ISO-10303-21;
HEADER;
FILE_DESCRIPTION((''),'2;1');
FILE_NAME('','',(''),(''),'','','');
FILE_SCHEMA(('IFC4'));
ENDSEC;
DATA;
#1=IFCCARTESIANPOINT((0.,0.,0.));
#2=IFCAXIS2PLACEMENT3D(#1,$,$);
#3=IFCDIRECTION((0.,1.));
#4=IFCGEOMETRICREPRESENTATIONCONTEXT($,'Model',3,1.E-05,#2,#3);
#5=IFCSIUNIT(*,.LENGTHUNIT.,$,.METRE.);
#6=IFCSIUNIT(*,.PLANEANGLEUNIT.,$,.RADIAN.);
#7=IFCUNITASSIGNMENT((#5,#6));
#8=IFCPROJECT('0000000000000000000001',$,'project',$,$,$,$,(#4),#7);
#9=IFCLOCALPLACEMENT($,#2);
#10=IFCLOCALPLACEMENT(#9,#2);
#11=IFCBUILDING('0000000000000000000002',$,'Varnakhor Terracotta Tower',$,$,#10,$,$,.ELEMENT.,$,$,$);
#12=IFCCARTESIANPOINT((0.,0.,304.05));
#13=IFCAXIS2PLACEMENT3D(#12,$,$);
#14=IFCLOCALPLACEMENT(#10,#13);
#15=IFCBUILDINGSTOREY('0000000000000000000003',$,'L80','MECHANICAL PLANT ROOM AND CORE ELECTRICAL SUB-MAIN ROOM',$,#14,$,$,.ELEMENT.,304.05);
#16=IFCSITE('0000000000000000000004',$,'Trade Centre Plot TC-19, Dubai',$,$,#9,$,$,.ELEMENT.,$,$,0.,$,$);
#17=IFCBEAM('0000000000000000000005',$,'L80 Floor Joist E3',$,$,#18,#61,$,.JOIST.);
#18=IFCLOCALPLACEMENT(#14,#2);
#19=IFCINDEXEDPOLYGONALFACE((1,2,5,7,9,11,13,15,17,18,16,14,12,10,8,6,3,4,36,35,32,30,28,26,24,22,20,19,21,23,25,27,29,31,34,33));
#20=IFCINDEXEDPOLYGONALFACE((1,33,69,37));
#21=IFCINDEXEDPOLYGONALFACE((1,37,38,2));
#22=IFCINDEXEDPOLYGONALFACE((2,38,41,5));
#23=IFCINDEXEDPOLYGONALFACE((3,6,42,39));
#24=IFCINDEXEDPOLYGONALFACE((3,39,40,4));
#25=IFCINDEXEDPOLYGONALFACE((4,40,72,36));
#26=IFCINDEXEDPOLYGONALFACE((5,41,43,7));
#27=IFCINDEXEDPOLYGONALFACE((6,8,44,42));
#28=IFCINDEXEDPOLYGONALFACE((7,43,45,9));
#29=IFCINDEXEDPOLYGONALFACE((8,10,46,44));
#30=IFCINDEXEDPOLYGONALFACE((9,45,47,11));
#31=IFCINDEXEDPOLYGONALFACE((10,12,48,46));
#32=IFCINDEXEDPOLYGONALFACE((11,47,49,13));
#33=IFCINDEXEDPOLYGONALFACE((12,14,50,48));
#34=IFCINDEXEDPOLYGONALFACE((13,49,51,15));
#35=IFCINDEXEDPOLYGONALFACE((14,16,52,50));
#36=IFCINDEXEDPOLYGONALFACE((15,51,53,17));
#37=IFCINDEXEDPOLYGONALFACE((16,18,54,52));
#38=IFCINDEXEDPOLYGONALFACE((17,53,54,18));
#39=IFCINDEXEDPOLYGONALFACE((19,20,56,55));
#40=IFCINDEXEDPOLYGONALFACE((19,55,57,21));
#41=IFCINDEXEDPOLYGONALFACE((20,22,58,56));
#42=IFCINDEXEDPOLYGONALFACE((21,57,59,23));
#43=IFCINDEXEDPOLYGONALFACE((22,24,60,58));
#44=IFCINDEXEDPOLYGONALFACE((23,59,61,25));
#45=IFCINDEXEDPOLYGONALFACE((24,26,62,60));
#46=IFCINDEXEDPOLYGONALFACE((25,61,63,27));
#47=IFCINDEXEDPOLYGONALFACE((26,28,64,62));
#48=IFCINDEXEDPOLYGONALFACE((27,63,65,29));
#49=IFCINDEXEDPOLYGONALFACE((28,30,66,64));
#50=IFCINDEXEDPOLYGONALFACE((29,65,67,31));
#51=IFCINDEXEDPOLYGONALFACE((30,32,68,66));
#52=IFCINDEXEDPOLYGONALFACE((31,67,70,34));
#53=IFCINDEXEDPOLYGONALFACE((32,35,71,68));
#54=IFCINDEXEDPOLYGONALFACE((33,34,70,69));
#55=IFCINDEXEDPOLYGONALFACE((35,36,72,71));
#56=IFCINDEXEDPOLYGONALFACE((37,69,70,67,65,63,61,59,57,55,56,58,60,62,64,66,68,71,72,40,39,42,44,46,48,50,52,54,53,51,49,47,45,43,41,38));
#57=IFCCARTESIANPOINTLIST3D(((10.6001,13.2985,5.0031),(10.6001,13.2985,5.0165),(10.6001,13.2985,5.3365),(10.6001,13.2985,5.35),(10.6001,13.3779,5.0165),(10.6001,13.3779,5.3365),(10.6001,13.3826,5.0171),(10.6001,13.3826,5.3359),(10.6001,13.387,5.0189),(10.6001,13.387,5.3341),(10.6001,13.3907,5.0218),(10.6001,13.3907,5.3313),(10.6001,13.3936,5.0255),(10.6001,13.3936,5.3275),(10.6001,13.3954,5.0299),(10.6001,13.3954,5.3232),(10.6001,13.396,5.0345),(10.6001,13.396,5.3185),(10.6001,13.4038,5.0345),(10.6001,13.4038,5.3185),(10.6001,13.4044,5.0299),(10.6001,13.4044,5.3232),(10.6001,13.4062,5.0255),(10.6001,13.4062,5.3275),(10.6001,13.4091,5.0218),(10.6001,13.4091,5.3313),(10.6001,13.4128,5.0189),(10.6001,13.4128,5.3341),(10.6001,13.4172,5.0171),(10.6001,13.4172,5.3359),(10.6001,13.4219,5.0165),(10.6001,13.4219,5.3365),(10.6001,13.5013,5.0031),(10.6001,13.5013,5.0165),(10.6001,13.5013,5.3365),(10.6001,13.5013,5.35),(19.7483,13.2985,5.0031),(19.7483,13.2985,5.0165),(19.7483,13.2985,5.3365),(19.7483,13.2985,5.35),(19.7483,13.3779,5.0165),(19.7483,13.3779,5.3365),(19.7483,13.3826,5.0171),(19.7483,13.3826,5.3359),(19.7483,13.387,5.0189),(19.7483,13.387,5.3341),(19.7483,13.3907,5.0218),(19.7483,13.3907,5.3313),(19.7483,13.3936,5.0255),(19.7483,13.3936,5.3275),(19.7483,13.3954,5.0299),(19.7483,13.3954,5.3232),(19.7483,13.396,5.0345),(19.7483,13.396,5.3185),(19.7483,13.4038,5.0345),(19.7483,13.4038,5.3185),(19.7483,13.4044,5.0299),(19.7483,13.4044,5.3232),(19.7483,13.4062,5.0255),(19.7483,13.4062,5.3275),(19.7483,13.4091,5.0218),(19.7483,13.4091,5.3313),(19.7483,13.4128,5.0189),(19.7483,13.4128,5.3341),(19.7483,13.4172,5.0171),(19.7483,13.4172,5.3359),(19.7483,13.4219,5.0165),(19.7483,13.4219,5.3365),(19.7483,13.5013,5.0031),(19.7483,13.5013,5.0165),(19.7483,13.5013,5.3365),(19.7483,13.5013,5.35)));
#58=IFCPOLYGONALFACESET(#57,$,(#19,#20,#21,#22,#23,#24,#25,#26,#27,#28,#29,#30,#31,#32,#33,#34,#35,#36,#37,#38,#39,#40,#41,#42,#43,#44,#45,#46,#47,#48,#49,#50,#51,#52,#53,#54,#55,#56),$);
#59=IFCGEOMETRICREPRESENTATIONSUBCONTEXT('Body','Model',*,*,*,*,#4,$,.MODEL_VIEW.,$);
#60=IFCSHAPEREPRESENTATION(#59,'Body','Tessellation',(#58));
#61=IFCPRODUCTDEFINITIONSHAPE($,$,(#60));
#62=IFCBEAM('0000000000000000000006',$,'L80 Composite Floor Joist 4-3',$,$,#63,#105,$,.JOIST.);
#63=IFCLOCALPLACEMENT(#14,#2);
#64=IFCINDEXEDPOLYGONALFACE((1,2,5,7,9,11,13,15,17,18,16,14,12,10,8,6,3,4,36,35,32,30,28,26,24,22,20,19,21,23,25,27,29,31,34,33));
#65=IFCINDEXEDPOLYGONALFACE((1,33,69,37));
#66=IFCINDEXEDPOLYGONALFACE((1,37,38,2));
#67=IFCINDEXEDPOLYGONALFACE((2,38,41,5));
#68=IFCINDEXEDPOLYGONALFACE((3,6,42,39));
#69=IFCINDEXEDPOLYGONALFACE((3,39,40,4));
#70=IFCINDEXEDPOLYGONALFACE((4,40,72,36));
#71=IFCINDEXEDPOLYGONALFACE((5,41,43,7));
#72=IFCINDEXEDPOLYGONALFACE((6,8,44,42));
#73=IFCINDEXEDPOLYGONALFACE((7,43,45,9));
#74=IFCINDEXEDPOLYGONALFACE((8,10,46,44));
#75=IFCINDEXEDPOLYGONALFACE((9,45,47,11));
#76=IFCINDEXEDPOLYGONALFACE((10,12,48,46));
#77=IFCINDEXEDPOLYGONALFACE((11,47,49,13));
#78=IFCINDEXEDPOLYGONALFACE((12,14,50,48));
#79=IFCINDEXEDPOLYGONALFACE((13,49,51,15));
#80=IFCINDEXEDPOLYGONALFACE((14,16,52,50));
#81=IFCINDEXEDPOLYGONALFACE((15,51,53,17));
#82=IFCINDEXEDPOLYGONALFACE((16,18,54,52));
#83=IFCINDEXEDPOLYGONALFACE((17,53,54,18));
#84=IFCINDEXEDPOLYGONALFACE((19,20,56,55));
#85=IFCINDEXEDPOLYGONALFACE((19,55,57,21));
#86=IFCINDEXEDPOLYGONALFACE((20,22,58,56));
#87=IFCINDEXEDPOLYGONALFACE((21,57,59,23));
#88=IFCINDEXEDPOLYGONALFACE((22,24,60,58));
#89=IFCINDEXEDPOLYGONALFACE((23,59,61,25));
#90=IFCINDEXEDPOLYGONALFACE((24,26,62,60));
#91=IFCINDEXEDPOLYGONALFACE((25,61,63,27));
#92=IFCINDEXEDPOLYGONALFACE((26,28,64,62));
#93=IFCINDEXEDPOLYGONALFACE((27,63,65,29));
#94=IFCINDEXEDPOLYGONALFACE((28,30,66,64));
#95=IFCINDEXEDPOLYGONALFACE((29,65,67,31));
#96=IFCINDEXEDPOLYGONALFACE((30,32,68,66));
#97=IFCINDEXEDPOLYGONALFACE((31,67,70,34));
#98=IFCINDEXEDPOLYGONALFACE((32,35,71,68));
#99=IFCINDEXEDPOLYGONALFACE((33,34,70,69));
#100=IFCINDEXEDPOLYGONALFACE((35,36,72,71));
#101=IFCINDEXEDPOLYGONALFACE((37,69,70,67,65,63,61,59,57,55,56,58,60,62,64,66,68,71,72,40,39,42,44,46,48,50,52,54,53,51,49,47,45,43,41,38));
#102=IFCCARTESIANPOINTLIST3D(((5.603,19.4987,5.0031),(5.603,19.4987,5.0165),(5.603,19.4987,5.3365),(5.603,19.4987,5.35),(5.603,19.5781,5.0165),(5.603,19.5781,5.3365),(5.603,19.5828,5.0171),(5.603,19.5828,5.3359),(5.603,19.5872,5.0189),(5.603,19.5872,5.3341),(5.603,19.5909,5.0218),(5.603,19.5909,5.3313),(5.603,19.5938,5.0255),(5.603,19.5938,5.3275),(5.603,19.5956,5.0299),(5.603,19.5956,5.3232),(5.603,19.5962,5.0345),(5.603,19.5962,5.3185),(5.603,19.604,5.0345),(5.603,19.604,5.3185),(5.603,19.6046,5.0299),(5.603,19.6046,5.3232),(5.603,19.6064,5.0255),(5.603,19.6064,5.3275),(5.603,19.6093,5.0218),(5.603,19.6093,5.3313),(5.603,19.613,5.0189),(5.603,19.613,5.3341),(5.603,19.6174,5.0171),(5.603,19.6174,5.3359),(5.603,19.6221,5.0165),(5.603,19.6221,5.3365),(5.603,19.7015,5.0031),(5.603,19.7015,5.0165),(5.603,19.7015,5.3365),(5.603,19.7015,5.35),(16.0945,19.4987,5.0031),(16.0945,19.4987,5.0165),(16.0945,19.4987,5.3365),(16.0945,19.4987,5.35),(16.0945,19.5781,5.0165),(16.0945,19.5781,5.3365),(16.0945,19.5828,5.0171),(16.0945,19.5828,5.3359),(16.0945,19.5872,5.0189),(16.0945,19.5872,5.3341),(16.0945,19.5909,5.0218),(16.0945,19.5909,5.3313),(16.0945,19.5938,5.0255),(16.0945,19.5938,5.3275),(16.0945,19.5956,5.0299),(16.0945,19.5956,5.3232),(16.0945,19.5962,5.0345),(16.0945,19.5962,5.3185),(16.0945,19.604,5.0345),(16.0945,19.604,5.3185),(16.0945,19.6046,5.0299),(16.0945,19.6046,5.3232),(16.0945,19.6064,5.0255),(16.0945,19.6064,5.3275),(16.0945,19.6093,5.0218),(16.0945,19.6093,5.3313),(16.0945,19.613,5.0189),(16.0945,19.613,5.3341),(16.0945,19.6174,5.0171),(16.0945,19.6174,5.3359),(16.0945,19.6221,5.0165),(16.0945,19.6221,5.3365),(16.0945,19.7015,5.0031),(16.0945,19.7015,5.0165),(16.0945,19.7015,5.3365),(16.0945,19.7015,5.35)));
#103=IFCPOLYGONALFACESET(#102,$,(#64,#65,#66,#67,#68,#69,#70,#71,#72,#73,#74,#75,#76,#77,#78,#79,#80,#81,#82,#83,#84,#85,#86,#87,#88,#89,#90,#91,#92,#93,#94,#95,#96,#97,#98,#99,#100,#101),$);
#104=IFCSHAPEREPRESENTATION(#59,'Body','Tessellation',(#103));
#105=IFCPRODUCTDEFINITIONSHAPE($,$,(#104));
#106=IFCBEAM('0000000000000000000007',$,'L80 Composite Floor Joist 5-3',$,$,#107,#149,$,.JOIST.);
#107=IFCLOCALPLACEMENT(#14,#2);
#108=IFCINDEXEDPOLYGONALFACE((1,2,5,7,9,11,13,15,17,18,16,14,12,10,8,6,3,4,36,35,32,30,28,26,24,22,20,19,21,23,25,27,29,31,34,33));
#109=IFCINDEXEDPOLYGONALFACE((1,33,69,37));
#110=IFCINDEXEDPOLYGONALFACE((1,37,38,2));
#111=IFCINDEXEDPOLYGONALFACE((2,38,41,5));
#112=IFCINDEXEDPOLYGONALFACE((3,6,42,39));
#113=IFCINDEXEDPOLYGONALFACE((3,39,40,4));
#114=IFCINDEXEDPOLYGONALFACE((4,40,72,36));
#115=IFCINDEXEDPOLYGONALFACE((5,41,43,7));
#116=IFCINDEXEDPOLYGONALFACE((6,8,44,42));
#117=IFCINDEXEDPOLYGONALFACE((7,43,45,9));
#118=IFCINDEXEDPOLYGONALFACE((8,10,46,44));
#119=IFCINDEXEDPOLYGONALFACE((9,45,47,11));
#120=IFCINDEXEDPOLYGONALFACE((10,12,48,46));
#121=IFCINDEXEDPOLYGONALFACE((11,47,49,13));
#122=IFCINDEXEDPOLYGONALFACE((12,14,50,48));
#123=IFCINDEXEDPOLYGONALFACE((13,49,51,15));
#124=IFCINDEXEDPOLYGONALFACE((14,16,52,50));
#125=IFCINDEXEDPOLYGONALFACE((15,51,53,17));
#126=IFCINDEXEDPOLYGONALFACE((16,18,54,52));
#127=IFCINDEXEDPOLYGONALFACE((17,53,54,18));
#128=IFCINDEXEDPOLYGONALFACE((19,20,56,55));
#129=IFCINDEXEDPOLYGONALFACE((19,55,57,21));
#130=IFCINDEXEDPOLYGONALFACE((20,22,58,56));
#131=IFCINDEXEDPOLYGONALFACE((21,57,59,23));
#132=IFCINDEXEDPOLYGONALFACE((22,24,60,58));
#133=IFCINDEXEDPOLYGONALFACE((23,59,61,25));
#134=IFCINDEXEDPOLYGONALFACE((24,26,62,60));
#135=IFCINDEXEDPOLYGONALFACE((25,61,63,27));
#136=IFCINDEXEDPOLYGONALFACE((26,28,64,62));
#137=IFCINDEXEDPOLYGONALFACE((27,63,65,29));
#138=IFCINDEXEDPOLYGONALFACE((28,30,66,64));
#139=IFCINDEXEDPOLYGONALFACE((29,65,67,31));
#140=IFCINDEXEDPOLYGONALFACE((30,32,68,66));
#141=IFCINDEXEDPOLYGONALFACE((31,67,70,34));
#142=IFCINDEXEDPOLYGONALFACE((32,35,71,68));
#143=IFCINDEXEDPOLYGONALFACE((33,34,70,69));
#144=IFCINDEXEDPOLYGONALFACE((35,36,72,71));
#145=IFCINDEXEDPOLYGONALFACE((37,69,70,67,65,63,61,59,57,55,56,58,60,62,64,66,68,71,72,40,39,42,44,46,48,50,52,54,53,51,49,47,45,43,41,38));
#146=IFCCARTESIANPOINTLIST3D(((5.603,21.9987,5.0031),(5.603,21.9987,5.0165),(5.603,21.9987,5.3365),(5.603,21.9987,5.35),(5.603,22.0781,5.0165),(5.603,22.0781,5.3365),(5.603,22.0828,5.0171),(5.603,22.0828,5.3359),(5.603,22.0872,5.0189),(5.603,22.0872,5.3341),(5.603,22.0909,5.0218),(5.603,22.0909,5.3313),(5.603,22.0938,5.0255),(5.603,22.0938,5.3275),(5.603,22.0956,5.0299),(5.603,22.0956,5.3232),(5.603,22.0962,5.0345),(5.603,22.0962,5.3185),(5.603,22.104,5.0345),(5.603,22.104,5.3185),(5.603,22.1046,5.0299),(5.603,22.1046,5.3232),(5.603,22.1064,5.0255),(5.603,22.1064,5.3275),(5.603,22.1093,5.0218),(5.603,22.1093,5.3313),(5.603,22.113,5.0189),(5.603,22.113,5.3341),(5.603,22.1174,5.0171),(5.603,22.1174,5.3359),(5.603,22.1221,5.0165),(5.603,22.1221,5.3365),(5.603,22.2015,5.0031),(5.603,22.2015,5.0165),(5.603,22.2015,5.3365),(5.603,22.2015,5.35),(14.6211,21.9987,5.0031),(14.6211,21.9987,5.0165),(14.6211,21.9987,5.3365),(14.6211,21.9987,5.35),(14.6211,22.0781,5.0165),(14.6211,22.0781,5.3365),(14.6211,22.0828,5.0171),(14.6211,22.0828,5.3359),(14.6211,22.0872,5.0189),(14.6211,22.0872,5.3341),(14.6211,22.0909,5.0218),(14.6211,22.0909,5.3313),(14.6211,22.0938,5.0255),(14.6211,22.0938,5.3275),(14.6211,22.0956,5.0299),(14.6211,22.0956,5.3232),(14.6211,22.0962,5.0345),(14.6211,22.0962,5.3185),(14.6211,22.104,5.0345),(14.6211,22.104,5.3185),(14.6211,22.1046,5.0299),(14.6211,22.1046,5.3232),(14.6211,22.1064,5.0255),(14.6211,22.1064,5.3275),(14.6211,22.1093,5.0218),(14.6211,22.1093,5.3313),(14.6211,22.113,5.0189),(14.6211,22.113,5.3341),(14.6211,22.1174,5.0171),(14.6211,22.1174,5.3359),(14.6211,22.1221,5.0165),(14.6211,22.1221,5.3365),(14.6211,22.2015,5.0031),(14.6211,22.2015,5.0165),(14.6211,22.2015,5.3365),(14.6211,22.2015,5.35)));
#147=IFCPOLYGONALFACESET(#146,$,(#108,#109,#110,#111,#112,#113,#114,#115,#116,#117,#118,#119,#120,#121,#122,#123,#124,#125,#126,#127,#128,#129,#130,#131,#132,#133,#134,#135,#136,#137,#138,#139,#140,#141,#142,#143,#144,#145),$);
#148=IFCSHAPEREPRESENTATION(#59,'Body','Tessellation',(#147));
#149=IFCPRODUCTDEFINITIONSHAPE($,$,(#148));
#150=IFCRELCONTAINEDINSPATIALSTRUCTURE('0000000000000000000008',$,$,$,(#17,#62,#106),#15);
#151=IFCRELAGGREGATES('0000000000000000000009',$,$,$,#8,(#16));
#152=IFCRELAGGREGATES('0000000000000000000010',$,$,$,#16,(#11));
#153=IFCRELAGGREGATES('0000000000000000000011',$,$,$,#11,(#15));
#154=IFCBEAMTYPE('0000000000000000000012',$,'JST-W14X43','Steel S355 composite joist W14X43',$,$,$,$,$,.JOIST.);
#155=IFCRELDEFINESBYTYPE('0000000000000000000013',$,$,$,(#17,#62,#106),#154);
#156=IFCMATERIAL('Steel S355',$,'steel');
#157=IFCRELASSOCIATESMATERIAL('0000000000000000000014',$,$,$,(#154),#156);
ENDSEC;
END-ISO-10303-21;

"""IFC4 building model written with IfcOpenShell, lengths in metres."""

from ifc_helpers import new_model, si_unit, direction, frame, origin, origin_2d, place, context, subcontext, project, spatial, i_section, extrude, source, transform, mapped, material, material_profile, profile_set, type_object, element, save


model = new_model("IFC4")

# Units and contexts
model_context = context("Model", 3, precision=1e-05, world=origin(), true_north=direction((0.0, 1.0)))
body_context = subcontext(model_context, "Body", "Model", "MODEL_VIEW")
ifc_project = project(units=[si_unit("LENGTHUNIT", "METRE"), si_unit("PLANEANGLEUNIT", "RADIAN")], contexts=[model_context])

# Site, building, storey
site_placement = place(None, origin())
site = spatial("IfcSite", under=ifc_project, at=site_placement, Name="Trade Centre Plot TC-19, Dubai", CompositionType="ELEMENT", RefElevation=0.0)
building_placement = place(site_placement, origin())
building = spatial("IfcBuilding", under=site, at=building_placement, Name="Varnakhor Terracotta Tower", CompositionType="ELEMENT")
storey_placement = place(building_placement, frame((0.0, 0.0, 304.05)))
storey = spatial("IfcBuildingStorey", under=building, at=storey_placement, Name="L80", Description="MECHANICAL PLANT ROOM AND CORE ELECTRICAL SUB-MAIN ROOM", CompositionType="ELEMENT", Elevation=304.05)

# Beams
ifc_material_1 = material(Name="Steel S355", Category="steel")
ifc_material_profile_1 = material_profile(ifc_material_1, i_section(OverallWidth=0.2029, OverallDepth=0.3469, WebThickness=0.0078, FlangeThickness=0.0134, FilletRadius=0.0181, at=origin_2d()), Name="W14X43")
ifc_profile_set_1 = profile_set([ifc_material_profile_1], Name="Steel S355")
beam_type_1 = type_object("IfcBeamType", Name="JST-W14X43", Description="Steel S355 composite joist W14X43", PredefinedType="JOIST", material=ifc_profile_set_1)
shared_shape_1 = source(origin(), body_context, "Body", "SweptSolid", [
    extrude(i_section(OverallWidth=0.2029, OverallDepth=0.3469, WebThickness=0.0078, FlangeThickness=0.0134, FilletRadius=0.0181, at=origin_2d()), origin(), (0.0, 0.0, 1.0), 9.1482),
])
beam_1_placement = place(storey_placement, frame((10.6001, 13.3999, 5.1765), z_axis=(1.0, 0.0, 0.0), x_axis=(0.0, 1.0, 0.0)))
element("IfcBeam", 1, at=beam_1_placement, inside=storey, type_object=beam_type_1, Name="L80 Floor Joist E3", PredefinedType="JOIST", context=body_context, shape_type="MappedRepresentation", body=[
    mapped(shared_shape_1, transform((0.0, 0.0, 0.0), scale=1.0)),
])
shared_shape_2 = source(origin(), body_context, "Body", "SweptSolid", [
    extrude(i_section(OverallWidth=0.2029, OverallDepth=0.3469, WebThickness=0.0078, FlangeThickness=0.0134, FilletRadius=0.0181, at=origin_2d()), origin(), (0.0, 0.0, 1.0), 10.4915),
])
beam_2_placement = place(storey_placement, frame((5.603, 19.6001, 5.1765), z_axis=(1.0, 0.0, 0.0), x_axis=(0.0, 1.0, 0.0)))
element("IfcBeam", 2, at=beam_2_placement, inside=storey, type_object=beam_type_1, Name="L80 Composite Floor Joist 4-3", PredefinedType="JOIST", context=body_context, shape_type="MappedRepresentation", body=[
    mapped(shared_shape_2, transform((0.0, 0.0, 0.0), scale=1.0)),
])
shared_shape_3 = source(origin(), body_context, "Body", "SweptSolid", [
    extrude(i_section(OverallWidth=0.2029, OverallDepth=0.3469, WebThickness=0.0078, FlangeThickness=0.0134, FilletRadius=0.0181, at=origin_2d()), origin(), (0.0, 0.0, 1.0), 9.0181),
])
beam_3_placement = place(storey_placement, frame((5.603, 22.1001, 5.1765), z_axis=(1.0, 0.0, 0.0), x_axis=(0.0, 1.0, 0.0)))
element("IfcBeam", 3, at=beam_3_placement, inside=storey, type_object=beam_type_1, Name="L80 Composite Floor Joist 5-3", PredefinedType="JOIST", context=body_context, shape_type="MappedRepresentation", body=[
    mapped(shared_shape_3, transform((0.0, 0.0, 0.0), scale=1.0)),
])

save(model, "model.ifc")
